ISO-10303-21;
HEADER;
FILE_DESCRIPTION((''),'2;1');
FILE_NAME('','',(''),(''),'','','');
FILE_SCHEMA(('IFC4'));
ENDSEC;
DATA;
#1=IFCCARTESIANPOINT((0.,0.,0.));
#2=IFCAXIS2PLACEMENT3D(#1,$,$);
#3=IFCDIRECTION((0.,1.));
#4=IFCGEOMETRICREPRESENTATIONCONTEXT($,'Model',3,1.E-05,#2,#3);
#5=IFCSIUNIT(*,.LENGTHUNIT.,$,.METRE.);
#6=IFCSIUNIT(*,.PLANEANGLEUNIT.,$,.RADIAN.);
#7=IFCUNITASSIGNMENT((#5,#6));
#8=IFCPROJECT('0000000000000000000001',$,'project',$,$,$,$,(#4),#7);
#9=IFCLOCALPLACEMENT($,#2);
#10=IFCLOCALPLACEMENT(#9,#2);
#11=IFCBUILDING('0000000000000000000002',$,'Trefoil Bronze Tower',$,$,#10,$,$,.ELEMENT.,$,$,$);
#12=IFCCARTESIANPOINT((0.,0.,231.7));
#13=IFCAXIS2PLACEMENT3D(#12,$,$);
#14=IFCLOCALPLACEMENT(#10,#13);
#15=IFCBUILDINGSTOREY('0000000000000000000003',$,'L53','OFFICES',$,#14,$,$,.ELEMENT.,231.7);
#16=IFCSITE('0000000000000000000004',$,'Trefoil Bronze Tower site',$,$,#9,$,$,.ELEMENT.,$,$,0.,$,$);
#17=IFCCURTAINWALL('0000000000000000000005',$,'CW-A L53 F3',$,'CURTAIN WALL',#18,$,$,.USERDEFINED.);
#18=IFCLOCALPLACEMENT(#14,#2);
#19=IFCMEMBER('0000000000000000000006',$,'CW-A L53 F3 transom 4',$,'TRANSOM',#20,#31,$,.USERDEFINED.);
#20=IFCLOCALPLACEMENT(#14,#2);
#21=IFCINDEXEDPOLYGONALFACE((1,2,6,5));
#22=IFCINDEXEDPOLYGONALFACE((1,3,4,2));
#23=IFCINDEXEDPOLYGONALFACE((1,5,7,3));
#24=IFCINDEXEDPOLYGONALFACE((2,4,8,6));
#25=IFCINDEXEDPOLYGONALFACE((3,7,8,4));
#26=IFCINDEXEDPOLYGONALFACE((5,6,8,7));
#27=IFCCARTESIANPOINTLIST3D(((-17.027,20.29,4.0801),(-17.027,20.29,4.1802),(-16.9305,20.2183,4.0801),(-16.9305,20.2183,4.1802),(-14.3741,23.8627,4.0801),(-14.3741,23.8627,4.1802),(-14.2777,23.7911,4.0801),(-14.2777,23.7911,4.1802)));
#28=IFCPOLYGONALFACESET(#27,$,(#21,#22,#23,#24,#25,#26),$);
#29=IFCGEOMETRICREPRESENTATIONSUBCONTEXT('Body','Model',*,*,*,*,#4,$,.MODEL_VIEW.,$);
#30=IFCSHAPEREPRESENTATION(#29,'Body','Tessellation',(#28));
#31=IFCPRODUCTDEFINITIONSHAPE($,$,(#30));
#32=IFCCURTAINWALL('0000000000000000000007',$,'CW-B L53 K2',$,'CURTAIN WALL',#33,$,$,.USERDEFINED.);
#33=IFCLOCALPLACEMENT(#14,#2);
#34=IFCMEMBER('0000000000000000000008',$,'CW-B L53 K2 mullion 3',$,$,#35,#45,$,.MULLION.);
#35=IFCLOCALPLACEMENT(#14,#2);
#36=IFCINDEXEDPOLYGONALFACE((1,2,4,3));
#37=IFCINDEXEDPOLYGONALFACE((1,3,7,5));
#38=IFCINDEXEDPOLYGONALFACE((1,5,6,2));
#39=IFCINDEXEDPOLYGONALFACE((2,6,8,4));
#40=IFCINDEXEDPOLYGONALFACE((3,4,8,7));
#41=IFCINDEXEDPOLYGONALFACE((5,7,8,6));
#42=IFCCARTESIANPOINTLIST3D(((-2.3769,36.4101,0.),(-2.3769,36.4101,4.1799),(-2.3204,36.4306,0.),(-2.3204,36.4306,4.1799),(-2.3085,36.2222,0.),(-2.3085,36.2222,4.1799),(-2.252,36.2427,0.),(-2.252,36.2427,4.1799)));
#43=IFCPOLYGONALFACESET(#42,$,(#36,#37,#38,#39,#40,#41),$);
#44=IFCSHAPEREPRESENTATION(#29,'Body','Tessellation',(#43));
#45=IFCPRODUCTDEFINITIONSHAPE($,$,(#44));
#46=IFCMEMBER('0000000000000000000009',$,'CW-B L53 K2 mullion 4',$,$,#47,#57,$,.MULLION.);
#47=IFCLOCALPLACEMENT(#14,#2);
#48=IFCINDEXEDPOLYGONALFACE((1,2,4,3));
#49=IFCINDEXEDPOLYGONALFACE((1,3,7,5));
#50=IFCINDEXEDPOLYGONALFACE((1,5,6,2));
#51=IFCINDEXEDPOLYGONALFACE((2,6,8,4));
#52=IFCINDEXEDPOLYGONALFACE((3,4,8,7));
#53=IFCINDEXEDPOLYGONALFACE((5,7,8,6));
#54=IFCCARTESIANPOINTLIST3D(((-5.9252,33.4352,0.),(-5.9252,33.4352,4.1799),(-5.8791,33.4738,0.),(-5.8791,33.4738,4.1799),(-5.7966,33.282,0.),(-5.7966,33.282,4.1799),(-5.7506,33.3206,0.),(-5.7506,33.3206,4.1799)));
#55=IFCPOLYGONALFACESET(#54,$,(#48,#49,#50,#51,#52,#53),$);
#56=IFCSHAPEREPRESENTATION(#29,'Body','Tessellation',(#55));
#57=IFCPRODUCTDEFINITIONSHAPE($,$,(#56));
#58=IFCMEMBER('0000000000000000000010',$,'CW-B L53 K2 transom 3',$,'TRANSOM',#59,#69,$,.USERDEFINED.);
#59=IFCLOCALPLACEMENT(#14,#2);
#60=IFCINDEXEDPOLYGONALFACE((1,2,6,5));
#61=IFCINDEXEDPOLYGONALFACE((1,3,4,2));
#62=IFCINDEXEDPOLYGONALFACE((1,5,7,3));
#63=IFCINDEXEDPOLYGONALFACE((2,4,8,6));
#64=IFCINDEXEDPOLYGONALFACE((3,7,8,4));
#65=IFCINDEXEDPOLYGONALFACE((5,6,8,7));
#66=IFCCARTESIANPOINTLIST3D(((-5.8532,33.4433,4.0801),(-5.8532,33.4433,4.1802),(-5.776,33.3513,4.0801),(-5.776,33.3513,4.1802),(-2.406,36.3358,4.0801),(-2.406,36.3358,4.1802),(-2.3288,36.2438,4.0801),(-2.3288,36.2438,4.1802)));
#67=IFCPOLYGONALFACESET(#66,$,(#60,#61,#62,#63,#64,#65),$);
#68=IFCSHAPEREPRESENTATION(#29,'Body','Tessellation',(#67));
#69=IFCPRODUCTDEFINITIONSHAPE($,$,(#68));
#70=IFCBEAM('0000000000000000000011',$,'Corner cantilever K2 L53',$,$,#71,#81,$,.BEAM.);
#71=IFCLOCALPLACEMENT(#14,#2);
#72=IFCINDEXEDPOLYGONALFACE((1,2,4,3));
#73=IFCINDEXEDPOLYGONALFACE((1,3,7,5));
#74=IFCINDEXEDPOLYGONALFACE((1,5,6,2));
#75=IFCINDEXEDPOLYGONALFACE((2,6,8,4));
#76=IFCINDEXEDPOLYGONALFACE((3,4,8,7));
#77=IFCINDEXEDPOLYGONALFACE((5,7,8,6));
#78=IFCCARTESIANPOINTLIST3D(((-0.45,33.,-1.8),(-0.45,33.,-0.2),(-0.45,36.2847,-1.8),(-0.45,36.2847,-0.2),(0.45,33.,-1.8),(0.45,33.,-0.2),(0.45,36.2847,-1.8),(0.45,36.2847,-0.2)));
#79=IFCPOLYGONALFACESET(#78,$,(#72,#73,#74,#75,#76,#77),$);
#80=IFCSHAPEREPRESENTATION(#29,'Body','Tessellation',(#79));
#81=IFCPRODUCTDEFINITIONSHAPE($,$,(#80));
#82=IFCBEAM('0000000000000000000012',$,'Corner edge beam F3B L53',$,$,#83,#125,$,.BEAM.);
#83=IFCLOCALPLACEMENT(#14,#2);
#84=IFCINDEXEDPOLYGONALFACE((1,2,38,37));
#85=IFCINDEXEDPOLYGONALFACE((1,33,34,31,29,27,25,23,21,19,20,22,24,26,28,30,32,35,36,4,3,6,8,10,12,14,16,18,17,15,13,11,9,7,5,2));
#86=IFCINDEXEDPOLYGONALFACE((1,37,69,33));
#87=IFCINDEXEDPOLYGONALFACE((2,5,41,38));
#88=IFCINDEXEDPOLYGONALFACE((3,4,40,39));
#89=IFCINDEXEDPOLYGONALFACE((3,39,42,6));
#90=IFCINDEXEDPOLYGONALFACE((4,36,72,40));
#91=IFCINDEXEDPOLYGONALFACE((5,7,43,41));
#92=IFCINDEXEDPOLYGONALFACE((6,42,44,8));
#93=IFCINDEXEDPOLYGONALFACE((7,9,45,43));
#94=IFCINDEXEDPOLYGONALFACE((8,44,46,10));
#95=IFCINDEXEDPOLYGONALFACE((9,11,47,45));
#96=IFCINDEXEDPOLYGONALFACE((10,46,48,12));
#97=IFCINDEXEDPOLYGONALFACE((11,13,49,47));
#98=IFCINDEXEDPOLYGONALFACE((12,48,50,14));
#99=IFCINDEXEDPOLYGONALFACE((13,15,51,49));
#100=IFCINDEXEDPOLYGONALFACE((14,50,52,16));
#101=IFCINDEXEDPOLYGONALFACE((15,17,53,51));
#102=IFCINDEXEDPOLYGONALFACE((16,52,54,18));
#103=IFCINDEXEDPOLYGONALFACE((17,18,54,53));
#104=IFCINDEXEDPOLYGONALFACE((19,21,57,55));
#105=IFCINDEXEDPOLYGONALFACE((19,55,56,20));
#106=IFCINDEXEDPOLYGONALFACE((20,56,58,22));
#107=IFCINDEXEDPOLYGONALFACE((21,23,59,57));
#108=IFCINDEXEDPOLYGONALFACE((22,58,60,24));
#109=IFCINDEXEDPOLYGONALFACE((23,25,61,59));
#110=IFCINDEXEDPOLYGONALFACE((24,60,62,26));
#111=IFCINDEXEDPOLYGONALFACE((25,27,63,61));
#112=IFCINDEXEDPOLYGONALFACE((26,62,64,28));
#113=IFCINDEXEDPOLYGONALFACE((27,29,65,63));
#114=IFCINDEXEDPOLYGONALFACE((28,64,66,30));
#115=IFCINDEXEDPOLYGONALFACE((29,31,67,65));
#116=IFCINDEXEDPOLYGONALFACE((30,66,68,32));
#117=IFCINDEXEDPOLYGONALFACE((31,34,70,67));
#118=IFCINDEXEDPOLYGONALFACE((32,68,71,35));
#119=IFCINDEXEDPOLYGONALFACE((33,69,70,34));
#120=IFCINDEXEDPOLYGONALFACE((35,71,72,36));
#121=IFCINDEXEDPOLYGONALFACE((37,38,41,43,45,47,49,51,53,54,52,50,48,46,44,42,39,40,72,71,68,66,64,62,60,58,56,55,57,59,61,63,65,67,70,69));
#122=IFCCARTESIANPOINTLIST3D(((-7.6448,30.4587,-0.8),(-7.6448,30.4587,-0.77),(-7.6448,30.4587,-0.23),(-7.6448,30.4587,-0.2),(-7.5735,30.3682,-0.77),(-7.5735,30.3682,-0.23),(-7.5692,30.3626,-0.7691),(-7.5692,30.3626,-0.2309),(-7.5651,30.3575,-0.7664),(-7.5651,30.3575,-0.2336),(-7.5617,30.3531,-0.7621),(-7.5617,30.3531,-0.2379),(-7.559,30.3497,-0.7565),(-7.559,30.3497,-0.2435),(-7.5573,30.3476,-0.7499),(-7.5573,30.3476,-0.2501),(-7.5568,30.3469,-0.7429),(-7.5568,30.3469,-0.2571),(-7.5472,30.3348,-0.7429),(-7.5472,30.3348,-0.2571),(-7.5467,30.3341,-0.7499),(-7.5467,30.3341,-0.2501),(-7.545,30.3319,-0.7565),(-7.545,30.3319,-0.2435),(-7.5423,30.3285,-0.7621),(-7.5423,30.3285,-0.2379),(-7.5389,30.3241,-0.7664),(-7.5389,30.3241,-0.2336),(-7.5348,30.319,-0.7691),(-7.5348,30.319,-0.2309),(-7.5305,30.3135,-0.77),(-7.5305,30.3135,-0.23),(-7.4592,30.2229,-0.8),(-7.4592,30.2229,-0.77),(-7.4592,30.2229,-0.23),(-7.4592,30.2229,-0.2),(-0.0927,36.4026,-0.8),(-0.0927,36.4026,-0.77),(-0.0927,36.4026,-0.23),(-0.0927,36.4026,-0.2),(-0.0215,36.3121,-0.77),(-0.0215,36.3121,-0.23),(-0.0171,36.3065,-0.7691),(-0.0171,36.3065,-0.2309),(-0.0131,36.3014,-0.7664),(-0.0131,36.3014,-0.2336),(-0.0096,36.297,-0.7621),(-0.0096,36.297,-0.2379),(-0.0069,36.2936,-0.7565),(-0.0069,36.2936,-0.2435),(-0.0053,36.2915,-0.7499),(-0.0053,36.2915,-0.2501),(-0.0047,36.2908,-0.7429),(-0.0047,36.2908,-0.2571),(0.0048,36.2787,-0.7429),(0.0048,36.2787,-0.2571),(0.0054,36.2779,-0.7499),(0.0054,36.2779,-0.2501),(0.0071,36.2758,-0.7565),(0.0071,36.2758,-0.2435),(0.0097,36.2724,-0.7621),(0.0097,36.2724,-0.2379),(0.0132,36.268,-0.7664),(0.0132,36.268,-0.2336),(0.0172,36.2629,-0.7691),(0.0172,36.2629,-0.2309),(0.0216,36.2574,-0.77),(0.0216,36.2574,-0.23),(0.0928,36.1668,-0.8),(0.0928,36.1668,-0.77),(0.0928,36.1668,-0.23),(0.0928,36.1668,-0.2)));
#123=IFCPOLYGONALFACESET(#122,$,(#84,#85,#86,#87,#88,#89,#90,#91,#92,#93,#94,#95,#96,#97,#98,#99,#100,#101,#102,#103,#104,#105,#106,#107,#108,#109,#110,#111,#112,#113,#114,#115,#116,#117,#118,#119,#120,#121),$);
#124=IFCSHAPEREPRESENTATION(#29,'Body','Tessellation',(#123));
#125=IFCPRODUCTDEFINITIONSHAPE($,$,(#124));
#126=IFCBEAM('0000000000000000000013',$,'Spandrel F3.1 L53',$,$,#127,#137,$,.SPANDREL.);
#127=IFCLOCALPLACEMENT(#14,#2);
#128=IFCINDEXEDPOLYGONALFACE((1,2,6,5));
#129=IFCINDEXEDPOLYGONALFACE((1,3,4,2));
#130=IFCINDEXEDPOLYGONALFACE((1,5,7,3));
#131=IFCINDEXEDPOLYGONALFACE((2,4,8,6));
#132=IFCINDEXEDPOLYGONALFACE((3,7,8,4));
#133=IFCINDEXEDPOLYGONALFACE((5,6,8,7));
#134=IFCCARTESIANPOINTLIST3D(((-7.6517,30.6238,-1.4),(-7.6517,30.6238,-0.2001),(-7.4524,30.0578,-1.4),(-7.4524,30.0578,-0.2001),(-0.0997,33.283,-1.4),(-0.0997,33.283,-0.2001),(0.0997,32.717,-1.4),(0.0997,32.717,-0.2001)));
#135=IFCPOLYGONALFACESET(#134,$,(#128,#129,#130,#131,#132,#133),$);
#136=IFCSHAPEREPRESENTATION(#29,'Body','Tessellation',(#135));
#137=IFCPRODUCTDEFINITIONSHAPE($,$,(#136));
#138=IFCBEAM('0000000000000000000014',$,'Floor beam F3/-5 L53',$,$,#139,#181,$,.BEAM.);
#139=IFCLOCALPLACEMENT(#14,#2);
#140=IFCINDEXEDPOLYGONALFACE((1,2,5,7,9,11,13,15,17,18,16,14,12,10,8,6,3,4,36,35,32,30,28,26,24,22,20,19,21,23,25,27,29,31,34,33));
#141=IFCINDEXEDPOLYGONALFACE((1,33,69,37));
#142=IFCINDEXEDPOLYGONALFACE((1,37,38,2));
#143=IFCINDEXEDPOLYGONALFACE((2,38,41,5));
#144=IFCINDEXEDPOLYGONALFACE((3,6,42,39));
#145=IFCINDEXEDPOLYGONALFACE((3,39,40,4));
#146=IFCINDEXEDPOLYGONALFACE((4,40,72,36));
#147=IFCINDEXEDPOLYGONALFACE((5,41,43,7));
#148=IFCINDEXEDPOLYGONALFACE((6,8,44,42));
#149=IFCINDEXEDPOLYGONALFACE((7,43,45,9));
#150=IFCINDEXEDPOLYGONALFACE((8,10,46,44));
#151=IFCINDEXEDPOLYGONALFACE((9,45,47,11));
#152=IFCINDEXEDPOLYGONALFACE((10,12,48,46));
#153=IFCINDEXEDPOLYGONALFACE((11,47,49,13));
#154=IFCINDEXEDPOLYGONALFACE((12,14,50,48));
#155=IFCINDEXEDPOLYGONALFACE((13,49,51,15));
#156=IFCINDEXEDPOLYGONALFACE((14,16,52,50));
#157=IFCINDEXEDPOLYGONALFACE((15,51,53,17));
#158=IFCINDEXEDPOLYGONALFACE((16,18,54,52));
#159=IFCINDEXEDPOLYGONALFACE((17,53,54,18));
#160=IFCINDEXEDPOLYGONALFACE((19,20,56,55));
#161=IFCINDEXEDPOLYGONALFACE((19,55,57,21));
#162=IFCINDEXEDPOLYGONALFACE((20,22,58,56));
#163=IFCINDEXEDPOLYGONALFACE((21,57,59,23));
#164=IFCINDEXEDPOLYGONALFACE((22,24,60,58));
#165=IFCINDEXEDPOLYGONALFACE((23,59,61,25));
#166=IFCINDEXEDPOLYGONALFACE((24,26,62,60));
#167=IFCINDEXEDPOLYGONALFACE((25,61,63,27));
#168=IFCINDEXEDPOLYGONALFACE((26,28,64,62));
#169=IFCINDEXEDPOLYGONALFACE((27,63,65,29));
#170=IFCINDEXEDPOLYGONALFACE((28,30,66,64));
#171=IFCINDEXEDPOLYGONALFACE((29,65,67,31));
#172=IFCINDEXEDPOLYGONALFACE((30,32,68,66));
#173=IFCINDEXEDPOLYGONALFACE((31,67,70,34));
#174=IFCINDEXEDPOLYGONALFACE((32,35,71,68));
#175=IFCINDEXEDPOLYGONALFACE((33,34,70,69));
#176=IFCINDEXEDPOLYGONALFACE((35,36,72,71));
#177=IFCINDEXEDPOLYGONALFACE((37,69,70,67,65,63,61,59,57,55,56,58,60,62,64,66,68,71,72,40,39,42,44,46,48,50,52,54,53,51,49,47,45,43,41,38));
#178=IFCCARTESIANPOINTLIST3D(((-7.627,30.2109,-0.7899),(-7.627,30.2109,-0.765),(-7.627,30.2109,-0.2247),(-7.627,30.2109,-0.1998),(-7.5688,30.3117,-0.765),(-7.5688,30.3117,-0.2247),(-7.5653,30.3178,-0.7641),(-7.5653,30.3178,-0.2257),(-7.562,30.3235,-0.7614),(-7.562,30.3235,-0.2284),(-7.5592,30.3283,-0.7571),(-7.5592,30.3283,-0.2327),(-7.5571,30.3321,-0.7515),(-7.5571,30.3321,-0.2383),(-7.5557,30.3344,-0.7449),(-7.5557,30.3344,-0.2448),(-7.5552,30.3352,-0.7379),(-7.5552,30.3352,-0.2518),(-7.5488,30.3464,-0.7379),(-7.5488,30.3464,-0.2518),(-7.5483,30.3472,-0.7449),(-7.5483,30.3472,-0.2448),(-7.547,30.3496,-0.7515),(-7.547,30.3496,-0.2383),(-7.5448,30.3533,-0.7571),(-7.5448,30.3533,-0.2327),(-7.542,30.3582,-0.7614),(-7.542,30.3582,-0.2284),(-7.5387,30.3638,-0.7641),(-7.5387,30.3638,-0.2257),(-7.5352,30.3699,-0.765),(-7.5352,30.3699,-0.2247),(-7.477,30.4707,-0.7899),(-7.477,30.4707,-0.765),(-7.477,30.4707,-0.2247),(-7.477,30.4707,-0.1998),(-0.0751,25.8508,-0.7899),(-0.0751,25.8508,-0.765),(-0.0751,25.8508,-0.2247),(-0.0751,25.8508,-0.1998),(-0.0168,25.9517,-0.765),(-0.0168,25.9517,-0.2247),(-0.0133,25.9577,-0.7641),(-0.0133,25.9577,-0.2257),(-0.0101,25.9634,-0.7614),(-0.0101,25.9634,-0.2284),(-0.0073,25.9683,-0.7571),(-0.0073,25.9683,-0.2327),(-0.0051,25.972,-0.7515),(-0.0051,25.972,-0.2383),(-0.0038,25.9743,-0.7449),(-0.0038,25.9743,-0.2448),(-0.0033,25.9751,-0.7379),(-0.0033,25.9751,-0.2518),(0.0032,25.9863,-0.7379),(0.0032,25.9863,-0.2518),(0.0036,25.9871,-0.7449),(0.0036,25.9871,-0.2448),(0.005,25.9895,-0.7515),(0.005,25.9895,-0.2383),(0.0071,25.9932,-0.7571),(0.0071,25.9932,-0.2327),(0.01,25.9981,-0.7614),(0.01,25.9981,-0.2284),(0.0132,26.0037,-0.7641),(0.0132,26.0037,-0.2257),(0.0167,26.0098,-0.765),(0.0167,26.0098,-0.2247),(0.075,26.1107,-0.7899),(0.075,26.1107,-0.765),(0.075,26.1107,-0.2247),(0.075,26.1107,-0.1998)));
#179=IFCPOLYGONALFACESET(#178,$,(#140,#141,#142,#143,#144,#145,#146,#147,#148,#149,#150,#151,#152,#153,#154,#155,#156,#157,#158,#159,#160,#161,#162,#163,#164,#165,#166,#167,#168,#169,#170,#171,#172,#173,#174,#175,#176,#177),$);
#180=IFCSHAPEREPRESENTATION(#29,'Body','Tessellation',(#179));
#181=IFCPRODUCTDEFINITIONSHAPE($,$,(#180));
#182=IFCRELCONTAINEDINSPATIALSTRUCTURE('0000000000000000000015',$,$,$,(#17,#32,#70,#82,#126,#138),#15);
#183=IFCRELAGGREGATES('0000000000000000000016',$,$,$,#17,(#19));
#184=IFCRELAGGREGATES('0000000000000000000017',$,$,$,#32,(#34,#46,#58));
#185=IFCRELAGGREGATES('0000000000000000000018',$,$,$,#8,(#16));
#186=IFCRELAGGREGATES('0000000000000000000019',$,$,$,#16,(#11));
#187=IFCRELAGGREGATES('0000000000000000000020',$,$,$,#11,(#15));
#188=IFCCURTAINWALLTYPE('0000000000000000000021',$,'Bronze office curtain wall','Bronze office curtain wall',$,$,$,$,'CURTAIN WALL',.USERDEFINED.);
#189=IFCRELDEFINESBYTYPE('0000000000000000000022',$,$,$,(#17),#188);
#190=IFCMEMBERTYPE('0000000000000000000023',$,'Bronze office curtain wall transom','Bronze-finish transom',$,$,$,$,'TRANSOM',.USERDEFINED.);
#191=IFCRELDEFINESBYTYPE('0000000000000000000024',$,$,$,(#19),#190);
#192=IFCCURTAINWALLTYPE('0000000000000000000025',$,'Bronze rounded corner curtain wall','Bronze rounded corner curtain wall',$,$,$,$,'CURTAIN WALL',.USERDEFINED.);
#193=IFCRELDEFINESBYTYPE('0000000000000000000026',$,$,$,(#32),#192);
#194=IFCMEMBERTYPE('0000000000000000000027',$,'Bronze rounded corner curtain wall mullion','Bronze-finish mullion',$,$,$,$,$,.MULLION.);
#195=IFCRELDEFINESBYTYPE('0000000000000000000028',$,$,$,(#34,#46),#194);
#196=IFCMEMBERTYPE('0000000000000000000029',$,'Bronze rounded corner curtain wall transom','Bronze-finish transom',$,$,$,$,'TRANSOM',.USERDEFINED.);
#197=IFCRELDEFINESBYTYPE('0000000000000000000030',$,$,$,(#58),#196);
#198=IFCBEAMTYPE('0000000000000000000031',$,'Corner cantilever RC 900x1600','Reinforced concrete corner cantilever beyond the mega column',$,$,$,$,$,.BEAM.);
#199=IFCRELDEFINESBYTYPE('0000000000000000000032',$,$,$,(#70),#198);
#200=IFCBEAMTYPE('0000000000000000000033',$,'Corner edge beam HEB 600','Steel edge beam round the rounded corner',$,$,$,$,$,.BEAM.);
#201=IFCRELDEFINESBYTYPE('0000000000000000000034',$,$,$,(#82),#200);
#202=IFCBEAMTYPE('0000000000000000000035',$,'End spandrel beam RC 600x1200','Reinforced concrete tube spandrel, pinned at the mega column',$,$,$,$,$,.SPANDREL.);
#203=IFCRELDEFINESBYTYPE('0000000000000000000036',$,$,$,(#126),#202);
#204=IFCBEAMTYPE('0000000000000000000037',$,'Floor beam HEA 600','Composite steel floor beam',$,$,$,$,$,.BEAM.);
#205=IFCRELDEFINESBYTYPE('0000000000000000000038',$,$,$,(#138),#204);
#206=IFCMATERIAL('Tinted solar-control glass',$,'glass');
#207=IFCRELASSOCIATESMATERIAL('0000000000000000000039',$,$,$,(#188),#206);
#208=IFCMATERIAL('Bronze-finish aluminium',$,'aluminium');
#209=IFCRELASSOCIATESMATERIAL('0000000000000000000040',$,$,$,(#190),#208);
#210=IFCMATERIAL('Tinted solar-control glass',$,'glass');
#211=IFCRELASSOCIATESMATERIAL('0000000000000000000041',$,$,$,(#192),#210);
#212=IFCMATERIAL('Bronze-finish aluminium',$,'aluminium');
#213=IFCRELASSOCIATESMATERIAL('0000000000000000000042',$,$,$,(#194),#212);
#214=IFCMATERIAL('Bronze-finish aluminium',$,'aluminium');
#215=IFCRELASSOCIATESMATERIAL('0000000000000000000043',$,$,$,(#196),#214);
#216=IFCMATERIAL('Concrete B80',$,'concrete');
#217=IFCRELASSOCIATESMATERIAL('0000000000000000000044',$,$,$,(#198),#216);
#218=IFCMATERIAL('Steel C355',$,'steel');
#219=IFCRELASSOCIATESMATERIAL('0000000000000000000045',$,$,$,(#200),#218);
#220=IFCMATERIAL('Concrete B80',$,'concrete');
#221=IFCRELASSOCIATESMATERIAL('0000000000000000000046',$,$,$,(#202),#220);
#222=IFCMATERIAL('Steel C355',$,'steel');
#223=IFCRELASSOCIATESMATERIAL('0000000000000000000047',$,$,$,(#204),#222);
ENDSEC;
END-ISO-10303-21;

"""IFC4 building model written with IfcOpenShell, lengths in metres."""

from ifc_helpers import new_model, si_unit, direction, frame, origin, origin_2d, place, context, subcontext, project, spatial, rectangle, i_section, extrude, material, material_profile, profile_set, type_object, element, aggregate, save


model = new_model("IFC4")

# Units and contexts
model_context = context("Model", 3, precision=1e-05, world=origin(), true_north=direction((0.0, 1.0)))
body_context = subcontext(model_context, "Body", "Model", "MODEL_VIEW")
ifc_project = project(units=[si_unit("LENGTHUNIT", "METRE"), si_unit("PLANEANGLEUNIT", "RADIAN")], contexts=[model_context])

# Site, building, storey
site_placement = place(None, origin())
site = spatial("IfcSite", under=ifc_project, at=site_placement, Name="Trefoil Bronze Tower site", CompositionType="ELEMENT", RefElevation=0.0)
building_placement = place(site_placement, origin())
building = spatial("IfcBuilding", under=site, at=building_placement, Name="Trefoil Bronze Tower", CompositionType="ELEMENT")
storey_placement = place(building_placement, frame((0.0, 0.0, 231.7)))
storey = spatial("IfcBuildingStorey", under=building, at=storey_placement, Name="L53", Description="OFFICES", CompositionType="ELEMENT", Elevation=231.7)

# Curtain walls, members
ifc_material_1 = material(Name="Tinted solar-control glass", Category="glass")
curtain_wall_type_1 = type_object("IfcCurtainWallType", Name="Bronze office curtain wall", Description="Bronze office curtain wall", ElementType="CURTAIN WALL", PredefinedType="USERDEFINED", material=ifc_material_1)
curtain_wall_1_placement = place(storey_placement, origin())
curtain_wall_1 = element("IfcCurtainWall", 1, at=curtain_wall_1_placement, inside=storey, type_object=curtain_wall_type_1, Name="CW-A L53 F3", ObjectType="CURTAIN WALL", PredefinedType="USERDEFINED")
ifc_material_2 = material(Name="Bronze-finish aluminium", Category="aluminium")
ifc_material_profile_1 = material_profile(ifc_material_2, rectangle(XDim=0.1201, YDim=0.1001, at=origin_2d()), Name="CW-A transom")
ifc_profile_set_1 = profile_set([ifc_material_profile_1], Name="Bronze-finish aluminium")
member_type_1 = type_object("IfcMemberType", Name="Bronze office curtain wall transom", Description="Bronze-finish transom", ElementType="TRANSOM", PredefinedType="USERDEFINED", material=ifc_profile_set_1)
member_1_placement = place(storey_placement, frame((-14.3259, 23.8269, 4.1301), z_axis=(-0.596148, -0.802874, 0.0), x_axis=(0.802874, -0.596148, 0.0)))
member_1 = element("IfcMember", 2, at=member_1_placement, type_object=member_type_1, Name="CW-A L53 F3 transom 4", ObjectType="TRANSOM", PredefinedType="USERDEFINED", context=body_context, shape_type="SweptSolid", body=[
    extrude(rectangle(XDim=0.1201, YDim=0.1001, at=origin_2d()), origin(), (0.0, 0.0, 1.0), 4.45),
])
ifc_material_3 = material(Name="Tinted solar-control glass", Category="glass")
curtain_wall_type_2 = type_object("IfcCurtainWallType", Name="Bronze rounded corner curtain wall", Description="Bronze rounded corner curtain wall", ElementType="CURTAIN WALL", PredefinedType="USERDEFINED", material=ifc_material_3)
curtain_wall_2_placement = place(storey_placement, origin())
curtain_wall_2 = element("IfcCurtainWall", 3, at=curtain_wall_2_placement, inside=storey, type_object=curtain_wall_type_2, Name="CW-B L53 K2", ObjectType="CURTAIN WALL", PredefinedType="USERDEFINED")
ifc_material_4 = material(Name="Bronze-finish aluminium", Category="aluminium")
ifc_material_profile_2 = material_profile(ifc_material_4, rectangle(XDim=0.2, YDim=0.0601, at=origin_2d()), Name="CW-B mullion")
ifc_profile_set_2 = profile_set([ifc_material_profile_2], Name="Bronze-finish aluminium")
member_type_2 = type_object("IfcMemberType", Name="Bronze rounded corner curtain wall mullion", Description="Bronze-finish mullion", PredefinedType="MULLION", material=ifc_profile_set_2)
member_2_placement = place(storey_placement, frame((-2.3145, 36.3264, 0.0), z_axis=(0.0, 0.0, 1.0), x_axis=(0.34202, -0.939693, 0.0)))
member_2 = element("IfcMember", 4, at=member_2_placement, type_object=member_type_2, Name="CW-B L53 K2 mullion 3", PredefinedType="MULLION", context=body_context, shape_type="SweptSolid", body=[
    extrude(rectangle(XDim=0.2, YDim=0.0601, at=origin_2d()), origin(), (0.0, 0.0, 1.0), 4.1799),
])
member_3_placement = place(storey_placement, frame((-5.8379, 33.3779, 0.0), z_axis=(0.0, 0.0, 1.0), x_axis=(0.642788, -0.766044, 0.0)))
member_3 = element("IfcMember", 5, at=member_3_placement, type_object=member_type_2, Name="CW-B L53 K2 mullion 4", PredefinedType="MULLION", context=body_context, shape_type="SweptSolid", body=[
    extrude(rectangle(XDim=0.2, YDim=0.0601, at=origin_2d()), origin(), (0.0, 0.0, 1.0), 4.1799),
])
ifc_material_5 = material(Name="Bronze-finish aluminium", Category="aluminium")
ifc_material_profile_3 = material_profile(ifc_material_5, rectangle(XDim=0.1201, YDim=0.1001, at=origin_2d()), Name="CW-B transom")
ifc_profile_set_3 = profile_set([ifc_material_profile_3], Name="Bronze-finish aluminium")
member_type_3 = type_object("IfcMemberType", Name="Bronze rounded corner curtain wall transom", Description="Bronze-finish transom", ElementType="TRANSOM", PredefinedType="USERDEFINED", material=ifc_profile_set_3)
member_4_placement = place(storey_placement, frame((-2.3674, 36.2898, 4.1301), z_axis=(-0.766047, -0.642785, 0.0), x_axis=(0.642785, -0.766047, 0.0)))
member_4 = element("IfcMember", 6, at=member_4_placement, type_object=member_type_3, Name="CW-B L53 K2 transom 3", ObjectType="TRANSOM", PredefinedType="USERDEFINED", context=body_context, shape_type="SweptSolid", body=[
    extrude(rectangle(XDim=0.1201, YDim=0.1001, at=origin_2d()), origin(), (0.0, 0.0, 1.0), 4.5),
])

# Beams
ifc_material_6 = material(Name="Concrete B80", Category="concrete")
ifc_material_profile_4 = material_profile(ifc_material_6, rectangle(XDim=0.8999, YDim=1.6001, at=origin_2d()), Name="RC 900x1600")
ifc_profile_set_4 = profile_set([ifc_material_profile_4], Name="Concrete B80")
beam_type_1 = type_object("IfcBeamType", Name="Corner cantilever RC 900x1600", Description="Reinforced concrete corner cantilever beyond the mega column", PredefinedType="BEAM", material=ifc_profile_set_4)
beam_1_placement = place(storey_placement, frame((0.0, 33.0, -1.0), z_axis=(0.0, 1.0, 0.0), x_axis=(-1.0, 0.0, 0.0)))
element("IfcBeam", 7, at=beam_1_placement, inside=storey, type_object=beam_type_1, Name="Corner cantilever K2 L53", PredefinedType="BEAM", context=body_context, shape_type="SweptSolid", body=[
    extrude(rectangle(XDim=0.8999, YDim=1.6001, at=origin_2d()), origin(), (0.0, 0.0, 1.0), 3.2847),
])
ifc_material_7 = material(Name="Steel C355", Category="steel")
ifc_material_profile_5 = material_profile(ifc_material_7, i_section(OverallWidth=0.3, OverallDepth=0.6001, WebThickness=0.0154, FlangeThickness=0.03, FilletRadius=0.0271, at=origin_2d()), Name="HEB 600")
ifc_profile_set_5 = profile_set([ifc_material_profile_5], Name="Steel C355")
beam_type_2 = type_object("IfcBeamType", Name="Corner edge beam HEB 600", Description="Steel edge beam round the rounded corner", PredefinedType="BEAM", material=ifc_profile_set_5)
beam_2_placement = place(storey_placement, frame((-7.552, 30.3408, -0.5), z_axis=(0.785806, 0.618473, 0.0), x_axis=(-0.618473, 0.785806, 0.0)))
element("IfcBeam", 8, at=beam_2_placement, inside=storey, type_object=beam_type_2, Name="Corner edge beam F3B L53", PredefinedType="BEAM", context=body_context, shape_type="SweptSolid", body=[
    extrude(i_section(OverallWidth=0.3, OverallDepth=0.6001, WebThickness=0.0154, FlangeThickness=0.03, FilletRadius=0.0271, at=origin_2d()), origin(), (0.0, 0.0, 1.0), 9.6106),
])
ifc_material_8 = material(Name="Concrete B80", Category="concrete")
ifc_material_profile_6 = material_profile(ifc_material_8, rectangle(XDim=0.6001, YDim=1.2, at=origin_2d()), Name="RC 600x1200")
ifc_profile_set_6 = profile_set([ifc_material_profile_6], Name="Concrete B80")
beam_type_3 = type_object("IfcBeamType", Name="End spandrel beam RC 600x1200", Description="Reinforced concrete tube spandrel, pinned at the mega column", PredefinedType="SPANDREL", material=ifc_profile_set_6)
beam_3_placement = place(storey_placement, frame((0.0, 33.0, -0.8), z_axis=(-0.943234, -0.332128, 0.0), x_axis=(0.332128, -0.943234, 0.0)))
element("IfcBeam", 9, at=beam_3_placement, inside=storey, type_object=beam_type_3, Name="Spandrel F3.1 L53", PredefinedType="SPANDREL", context=body_context, shape_type="SweptSolid", body=[
    extrude(rectangle(XDim=0.6001, YDim=1.2, at=origin_2d()), origin(), (0.0, 0.0, 1.0), 8.0066),
])
ifc_material_9 = material(Name="Steel C355", Category="steel")
ifc_material_profile_7 = material_profile(ifc_material_9, i_section(OverallWidth=0.3, OverallDepth=0.5901, WebThickness=0.0129, FlangeThickness=0.0249, FilletRadius=0.0271, at=origin_2d()), Name="HEA 600")
ifc_profile_set_7 = profile_set([ifc_material_profile_7], Name="Steel C355")
beam_type_4 = type_object("IfcBeamType", Name="Floor beam HEA 600", Description="Composite steel floor beam", PredefinedType="BEAM", material=ifc_profile_set_7)
beam_4_placement = place(storey_placement, frame((-7.552, 30.3408, -0.4949), z_axis=(0.866028, -0.499996, 0.0), x_axis=(0.499996, 0.866028, 0.0)))
element("IfcBeam", 10, at=beam_4_placement, inside=storey, type_object=beam_type_4, Name="Floor beam F3/-5 L53", PredefinedType="BEAM", context=body_context, shape_type="SweptSolid", body=[
    extrude(i_section(OverallWidth=0.3, OverallDepth=0.5901, WebThickness=0.0129, FlangeThickness=0.0249, FilletRadius=0.0271, at=origin_2d()), origin(), (0.0, 0.0, 1.0), 8.7202),
])

aggregate(curtain_wall_1, [member_1])
aggregate(curtain_wall_2, [member_2, member_3, member_4])

save(model, "model.ifc")
